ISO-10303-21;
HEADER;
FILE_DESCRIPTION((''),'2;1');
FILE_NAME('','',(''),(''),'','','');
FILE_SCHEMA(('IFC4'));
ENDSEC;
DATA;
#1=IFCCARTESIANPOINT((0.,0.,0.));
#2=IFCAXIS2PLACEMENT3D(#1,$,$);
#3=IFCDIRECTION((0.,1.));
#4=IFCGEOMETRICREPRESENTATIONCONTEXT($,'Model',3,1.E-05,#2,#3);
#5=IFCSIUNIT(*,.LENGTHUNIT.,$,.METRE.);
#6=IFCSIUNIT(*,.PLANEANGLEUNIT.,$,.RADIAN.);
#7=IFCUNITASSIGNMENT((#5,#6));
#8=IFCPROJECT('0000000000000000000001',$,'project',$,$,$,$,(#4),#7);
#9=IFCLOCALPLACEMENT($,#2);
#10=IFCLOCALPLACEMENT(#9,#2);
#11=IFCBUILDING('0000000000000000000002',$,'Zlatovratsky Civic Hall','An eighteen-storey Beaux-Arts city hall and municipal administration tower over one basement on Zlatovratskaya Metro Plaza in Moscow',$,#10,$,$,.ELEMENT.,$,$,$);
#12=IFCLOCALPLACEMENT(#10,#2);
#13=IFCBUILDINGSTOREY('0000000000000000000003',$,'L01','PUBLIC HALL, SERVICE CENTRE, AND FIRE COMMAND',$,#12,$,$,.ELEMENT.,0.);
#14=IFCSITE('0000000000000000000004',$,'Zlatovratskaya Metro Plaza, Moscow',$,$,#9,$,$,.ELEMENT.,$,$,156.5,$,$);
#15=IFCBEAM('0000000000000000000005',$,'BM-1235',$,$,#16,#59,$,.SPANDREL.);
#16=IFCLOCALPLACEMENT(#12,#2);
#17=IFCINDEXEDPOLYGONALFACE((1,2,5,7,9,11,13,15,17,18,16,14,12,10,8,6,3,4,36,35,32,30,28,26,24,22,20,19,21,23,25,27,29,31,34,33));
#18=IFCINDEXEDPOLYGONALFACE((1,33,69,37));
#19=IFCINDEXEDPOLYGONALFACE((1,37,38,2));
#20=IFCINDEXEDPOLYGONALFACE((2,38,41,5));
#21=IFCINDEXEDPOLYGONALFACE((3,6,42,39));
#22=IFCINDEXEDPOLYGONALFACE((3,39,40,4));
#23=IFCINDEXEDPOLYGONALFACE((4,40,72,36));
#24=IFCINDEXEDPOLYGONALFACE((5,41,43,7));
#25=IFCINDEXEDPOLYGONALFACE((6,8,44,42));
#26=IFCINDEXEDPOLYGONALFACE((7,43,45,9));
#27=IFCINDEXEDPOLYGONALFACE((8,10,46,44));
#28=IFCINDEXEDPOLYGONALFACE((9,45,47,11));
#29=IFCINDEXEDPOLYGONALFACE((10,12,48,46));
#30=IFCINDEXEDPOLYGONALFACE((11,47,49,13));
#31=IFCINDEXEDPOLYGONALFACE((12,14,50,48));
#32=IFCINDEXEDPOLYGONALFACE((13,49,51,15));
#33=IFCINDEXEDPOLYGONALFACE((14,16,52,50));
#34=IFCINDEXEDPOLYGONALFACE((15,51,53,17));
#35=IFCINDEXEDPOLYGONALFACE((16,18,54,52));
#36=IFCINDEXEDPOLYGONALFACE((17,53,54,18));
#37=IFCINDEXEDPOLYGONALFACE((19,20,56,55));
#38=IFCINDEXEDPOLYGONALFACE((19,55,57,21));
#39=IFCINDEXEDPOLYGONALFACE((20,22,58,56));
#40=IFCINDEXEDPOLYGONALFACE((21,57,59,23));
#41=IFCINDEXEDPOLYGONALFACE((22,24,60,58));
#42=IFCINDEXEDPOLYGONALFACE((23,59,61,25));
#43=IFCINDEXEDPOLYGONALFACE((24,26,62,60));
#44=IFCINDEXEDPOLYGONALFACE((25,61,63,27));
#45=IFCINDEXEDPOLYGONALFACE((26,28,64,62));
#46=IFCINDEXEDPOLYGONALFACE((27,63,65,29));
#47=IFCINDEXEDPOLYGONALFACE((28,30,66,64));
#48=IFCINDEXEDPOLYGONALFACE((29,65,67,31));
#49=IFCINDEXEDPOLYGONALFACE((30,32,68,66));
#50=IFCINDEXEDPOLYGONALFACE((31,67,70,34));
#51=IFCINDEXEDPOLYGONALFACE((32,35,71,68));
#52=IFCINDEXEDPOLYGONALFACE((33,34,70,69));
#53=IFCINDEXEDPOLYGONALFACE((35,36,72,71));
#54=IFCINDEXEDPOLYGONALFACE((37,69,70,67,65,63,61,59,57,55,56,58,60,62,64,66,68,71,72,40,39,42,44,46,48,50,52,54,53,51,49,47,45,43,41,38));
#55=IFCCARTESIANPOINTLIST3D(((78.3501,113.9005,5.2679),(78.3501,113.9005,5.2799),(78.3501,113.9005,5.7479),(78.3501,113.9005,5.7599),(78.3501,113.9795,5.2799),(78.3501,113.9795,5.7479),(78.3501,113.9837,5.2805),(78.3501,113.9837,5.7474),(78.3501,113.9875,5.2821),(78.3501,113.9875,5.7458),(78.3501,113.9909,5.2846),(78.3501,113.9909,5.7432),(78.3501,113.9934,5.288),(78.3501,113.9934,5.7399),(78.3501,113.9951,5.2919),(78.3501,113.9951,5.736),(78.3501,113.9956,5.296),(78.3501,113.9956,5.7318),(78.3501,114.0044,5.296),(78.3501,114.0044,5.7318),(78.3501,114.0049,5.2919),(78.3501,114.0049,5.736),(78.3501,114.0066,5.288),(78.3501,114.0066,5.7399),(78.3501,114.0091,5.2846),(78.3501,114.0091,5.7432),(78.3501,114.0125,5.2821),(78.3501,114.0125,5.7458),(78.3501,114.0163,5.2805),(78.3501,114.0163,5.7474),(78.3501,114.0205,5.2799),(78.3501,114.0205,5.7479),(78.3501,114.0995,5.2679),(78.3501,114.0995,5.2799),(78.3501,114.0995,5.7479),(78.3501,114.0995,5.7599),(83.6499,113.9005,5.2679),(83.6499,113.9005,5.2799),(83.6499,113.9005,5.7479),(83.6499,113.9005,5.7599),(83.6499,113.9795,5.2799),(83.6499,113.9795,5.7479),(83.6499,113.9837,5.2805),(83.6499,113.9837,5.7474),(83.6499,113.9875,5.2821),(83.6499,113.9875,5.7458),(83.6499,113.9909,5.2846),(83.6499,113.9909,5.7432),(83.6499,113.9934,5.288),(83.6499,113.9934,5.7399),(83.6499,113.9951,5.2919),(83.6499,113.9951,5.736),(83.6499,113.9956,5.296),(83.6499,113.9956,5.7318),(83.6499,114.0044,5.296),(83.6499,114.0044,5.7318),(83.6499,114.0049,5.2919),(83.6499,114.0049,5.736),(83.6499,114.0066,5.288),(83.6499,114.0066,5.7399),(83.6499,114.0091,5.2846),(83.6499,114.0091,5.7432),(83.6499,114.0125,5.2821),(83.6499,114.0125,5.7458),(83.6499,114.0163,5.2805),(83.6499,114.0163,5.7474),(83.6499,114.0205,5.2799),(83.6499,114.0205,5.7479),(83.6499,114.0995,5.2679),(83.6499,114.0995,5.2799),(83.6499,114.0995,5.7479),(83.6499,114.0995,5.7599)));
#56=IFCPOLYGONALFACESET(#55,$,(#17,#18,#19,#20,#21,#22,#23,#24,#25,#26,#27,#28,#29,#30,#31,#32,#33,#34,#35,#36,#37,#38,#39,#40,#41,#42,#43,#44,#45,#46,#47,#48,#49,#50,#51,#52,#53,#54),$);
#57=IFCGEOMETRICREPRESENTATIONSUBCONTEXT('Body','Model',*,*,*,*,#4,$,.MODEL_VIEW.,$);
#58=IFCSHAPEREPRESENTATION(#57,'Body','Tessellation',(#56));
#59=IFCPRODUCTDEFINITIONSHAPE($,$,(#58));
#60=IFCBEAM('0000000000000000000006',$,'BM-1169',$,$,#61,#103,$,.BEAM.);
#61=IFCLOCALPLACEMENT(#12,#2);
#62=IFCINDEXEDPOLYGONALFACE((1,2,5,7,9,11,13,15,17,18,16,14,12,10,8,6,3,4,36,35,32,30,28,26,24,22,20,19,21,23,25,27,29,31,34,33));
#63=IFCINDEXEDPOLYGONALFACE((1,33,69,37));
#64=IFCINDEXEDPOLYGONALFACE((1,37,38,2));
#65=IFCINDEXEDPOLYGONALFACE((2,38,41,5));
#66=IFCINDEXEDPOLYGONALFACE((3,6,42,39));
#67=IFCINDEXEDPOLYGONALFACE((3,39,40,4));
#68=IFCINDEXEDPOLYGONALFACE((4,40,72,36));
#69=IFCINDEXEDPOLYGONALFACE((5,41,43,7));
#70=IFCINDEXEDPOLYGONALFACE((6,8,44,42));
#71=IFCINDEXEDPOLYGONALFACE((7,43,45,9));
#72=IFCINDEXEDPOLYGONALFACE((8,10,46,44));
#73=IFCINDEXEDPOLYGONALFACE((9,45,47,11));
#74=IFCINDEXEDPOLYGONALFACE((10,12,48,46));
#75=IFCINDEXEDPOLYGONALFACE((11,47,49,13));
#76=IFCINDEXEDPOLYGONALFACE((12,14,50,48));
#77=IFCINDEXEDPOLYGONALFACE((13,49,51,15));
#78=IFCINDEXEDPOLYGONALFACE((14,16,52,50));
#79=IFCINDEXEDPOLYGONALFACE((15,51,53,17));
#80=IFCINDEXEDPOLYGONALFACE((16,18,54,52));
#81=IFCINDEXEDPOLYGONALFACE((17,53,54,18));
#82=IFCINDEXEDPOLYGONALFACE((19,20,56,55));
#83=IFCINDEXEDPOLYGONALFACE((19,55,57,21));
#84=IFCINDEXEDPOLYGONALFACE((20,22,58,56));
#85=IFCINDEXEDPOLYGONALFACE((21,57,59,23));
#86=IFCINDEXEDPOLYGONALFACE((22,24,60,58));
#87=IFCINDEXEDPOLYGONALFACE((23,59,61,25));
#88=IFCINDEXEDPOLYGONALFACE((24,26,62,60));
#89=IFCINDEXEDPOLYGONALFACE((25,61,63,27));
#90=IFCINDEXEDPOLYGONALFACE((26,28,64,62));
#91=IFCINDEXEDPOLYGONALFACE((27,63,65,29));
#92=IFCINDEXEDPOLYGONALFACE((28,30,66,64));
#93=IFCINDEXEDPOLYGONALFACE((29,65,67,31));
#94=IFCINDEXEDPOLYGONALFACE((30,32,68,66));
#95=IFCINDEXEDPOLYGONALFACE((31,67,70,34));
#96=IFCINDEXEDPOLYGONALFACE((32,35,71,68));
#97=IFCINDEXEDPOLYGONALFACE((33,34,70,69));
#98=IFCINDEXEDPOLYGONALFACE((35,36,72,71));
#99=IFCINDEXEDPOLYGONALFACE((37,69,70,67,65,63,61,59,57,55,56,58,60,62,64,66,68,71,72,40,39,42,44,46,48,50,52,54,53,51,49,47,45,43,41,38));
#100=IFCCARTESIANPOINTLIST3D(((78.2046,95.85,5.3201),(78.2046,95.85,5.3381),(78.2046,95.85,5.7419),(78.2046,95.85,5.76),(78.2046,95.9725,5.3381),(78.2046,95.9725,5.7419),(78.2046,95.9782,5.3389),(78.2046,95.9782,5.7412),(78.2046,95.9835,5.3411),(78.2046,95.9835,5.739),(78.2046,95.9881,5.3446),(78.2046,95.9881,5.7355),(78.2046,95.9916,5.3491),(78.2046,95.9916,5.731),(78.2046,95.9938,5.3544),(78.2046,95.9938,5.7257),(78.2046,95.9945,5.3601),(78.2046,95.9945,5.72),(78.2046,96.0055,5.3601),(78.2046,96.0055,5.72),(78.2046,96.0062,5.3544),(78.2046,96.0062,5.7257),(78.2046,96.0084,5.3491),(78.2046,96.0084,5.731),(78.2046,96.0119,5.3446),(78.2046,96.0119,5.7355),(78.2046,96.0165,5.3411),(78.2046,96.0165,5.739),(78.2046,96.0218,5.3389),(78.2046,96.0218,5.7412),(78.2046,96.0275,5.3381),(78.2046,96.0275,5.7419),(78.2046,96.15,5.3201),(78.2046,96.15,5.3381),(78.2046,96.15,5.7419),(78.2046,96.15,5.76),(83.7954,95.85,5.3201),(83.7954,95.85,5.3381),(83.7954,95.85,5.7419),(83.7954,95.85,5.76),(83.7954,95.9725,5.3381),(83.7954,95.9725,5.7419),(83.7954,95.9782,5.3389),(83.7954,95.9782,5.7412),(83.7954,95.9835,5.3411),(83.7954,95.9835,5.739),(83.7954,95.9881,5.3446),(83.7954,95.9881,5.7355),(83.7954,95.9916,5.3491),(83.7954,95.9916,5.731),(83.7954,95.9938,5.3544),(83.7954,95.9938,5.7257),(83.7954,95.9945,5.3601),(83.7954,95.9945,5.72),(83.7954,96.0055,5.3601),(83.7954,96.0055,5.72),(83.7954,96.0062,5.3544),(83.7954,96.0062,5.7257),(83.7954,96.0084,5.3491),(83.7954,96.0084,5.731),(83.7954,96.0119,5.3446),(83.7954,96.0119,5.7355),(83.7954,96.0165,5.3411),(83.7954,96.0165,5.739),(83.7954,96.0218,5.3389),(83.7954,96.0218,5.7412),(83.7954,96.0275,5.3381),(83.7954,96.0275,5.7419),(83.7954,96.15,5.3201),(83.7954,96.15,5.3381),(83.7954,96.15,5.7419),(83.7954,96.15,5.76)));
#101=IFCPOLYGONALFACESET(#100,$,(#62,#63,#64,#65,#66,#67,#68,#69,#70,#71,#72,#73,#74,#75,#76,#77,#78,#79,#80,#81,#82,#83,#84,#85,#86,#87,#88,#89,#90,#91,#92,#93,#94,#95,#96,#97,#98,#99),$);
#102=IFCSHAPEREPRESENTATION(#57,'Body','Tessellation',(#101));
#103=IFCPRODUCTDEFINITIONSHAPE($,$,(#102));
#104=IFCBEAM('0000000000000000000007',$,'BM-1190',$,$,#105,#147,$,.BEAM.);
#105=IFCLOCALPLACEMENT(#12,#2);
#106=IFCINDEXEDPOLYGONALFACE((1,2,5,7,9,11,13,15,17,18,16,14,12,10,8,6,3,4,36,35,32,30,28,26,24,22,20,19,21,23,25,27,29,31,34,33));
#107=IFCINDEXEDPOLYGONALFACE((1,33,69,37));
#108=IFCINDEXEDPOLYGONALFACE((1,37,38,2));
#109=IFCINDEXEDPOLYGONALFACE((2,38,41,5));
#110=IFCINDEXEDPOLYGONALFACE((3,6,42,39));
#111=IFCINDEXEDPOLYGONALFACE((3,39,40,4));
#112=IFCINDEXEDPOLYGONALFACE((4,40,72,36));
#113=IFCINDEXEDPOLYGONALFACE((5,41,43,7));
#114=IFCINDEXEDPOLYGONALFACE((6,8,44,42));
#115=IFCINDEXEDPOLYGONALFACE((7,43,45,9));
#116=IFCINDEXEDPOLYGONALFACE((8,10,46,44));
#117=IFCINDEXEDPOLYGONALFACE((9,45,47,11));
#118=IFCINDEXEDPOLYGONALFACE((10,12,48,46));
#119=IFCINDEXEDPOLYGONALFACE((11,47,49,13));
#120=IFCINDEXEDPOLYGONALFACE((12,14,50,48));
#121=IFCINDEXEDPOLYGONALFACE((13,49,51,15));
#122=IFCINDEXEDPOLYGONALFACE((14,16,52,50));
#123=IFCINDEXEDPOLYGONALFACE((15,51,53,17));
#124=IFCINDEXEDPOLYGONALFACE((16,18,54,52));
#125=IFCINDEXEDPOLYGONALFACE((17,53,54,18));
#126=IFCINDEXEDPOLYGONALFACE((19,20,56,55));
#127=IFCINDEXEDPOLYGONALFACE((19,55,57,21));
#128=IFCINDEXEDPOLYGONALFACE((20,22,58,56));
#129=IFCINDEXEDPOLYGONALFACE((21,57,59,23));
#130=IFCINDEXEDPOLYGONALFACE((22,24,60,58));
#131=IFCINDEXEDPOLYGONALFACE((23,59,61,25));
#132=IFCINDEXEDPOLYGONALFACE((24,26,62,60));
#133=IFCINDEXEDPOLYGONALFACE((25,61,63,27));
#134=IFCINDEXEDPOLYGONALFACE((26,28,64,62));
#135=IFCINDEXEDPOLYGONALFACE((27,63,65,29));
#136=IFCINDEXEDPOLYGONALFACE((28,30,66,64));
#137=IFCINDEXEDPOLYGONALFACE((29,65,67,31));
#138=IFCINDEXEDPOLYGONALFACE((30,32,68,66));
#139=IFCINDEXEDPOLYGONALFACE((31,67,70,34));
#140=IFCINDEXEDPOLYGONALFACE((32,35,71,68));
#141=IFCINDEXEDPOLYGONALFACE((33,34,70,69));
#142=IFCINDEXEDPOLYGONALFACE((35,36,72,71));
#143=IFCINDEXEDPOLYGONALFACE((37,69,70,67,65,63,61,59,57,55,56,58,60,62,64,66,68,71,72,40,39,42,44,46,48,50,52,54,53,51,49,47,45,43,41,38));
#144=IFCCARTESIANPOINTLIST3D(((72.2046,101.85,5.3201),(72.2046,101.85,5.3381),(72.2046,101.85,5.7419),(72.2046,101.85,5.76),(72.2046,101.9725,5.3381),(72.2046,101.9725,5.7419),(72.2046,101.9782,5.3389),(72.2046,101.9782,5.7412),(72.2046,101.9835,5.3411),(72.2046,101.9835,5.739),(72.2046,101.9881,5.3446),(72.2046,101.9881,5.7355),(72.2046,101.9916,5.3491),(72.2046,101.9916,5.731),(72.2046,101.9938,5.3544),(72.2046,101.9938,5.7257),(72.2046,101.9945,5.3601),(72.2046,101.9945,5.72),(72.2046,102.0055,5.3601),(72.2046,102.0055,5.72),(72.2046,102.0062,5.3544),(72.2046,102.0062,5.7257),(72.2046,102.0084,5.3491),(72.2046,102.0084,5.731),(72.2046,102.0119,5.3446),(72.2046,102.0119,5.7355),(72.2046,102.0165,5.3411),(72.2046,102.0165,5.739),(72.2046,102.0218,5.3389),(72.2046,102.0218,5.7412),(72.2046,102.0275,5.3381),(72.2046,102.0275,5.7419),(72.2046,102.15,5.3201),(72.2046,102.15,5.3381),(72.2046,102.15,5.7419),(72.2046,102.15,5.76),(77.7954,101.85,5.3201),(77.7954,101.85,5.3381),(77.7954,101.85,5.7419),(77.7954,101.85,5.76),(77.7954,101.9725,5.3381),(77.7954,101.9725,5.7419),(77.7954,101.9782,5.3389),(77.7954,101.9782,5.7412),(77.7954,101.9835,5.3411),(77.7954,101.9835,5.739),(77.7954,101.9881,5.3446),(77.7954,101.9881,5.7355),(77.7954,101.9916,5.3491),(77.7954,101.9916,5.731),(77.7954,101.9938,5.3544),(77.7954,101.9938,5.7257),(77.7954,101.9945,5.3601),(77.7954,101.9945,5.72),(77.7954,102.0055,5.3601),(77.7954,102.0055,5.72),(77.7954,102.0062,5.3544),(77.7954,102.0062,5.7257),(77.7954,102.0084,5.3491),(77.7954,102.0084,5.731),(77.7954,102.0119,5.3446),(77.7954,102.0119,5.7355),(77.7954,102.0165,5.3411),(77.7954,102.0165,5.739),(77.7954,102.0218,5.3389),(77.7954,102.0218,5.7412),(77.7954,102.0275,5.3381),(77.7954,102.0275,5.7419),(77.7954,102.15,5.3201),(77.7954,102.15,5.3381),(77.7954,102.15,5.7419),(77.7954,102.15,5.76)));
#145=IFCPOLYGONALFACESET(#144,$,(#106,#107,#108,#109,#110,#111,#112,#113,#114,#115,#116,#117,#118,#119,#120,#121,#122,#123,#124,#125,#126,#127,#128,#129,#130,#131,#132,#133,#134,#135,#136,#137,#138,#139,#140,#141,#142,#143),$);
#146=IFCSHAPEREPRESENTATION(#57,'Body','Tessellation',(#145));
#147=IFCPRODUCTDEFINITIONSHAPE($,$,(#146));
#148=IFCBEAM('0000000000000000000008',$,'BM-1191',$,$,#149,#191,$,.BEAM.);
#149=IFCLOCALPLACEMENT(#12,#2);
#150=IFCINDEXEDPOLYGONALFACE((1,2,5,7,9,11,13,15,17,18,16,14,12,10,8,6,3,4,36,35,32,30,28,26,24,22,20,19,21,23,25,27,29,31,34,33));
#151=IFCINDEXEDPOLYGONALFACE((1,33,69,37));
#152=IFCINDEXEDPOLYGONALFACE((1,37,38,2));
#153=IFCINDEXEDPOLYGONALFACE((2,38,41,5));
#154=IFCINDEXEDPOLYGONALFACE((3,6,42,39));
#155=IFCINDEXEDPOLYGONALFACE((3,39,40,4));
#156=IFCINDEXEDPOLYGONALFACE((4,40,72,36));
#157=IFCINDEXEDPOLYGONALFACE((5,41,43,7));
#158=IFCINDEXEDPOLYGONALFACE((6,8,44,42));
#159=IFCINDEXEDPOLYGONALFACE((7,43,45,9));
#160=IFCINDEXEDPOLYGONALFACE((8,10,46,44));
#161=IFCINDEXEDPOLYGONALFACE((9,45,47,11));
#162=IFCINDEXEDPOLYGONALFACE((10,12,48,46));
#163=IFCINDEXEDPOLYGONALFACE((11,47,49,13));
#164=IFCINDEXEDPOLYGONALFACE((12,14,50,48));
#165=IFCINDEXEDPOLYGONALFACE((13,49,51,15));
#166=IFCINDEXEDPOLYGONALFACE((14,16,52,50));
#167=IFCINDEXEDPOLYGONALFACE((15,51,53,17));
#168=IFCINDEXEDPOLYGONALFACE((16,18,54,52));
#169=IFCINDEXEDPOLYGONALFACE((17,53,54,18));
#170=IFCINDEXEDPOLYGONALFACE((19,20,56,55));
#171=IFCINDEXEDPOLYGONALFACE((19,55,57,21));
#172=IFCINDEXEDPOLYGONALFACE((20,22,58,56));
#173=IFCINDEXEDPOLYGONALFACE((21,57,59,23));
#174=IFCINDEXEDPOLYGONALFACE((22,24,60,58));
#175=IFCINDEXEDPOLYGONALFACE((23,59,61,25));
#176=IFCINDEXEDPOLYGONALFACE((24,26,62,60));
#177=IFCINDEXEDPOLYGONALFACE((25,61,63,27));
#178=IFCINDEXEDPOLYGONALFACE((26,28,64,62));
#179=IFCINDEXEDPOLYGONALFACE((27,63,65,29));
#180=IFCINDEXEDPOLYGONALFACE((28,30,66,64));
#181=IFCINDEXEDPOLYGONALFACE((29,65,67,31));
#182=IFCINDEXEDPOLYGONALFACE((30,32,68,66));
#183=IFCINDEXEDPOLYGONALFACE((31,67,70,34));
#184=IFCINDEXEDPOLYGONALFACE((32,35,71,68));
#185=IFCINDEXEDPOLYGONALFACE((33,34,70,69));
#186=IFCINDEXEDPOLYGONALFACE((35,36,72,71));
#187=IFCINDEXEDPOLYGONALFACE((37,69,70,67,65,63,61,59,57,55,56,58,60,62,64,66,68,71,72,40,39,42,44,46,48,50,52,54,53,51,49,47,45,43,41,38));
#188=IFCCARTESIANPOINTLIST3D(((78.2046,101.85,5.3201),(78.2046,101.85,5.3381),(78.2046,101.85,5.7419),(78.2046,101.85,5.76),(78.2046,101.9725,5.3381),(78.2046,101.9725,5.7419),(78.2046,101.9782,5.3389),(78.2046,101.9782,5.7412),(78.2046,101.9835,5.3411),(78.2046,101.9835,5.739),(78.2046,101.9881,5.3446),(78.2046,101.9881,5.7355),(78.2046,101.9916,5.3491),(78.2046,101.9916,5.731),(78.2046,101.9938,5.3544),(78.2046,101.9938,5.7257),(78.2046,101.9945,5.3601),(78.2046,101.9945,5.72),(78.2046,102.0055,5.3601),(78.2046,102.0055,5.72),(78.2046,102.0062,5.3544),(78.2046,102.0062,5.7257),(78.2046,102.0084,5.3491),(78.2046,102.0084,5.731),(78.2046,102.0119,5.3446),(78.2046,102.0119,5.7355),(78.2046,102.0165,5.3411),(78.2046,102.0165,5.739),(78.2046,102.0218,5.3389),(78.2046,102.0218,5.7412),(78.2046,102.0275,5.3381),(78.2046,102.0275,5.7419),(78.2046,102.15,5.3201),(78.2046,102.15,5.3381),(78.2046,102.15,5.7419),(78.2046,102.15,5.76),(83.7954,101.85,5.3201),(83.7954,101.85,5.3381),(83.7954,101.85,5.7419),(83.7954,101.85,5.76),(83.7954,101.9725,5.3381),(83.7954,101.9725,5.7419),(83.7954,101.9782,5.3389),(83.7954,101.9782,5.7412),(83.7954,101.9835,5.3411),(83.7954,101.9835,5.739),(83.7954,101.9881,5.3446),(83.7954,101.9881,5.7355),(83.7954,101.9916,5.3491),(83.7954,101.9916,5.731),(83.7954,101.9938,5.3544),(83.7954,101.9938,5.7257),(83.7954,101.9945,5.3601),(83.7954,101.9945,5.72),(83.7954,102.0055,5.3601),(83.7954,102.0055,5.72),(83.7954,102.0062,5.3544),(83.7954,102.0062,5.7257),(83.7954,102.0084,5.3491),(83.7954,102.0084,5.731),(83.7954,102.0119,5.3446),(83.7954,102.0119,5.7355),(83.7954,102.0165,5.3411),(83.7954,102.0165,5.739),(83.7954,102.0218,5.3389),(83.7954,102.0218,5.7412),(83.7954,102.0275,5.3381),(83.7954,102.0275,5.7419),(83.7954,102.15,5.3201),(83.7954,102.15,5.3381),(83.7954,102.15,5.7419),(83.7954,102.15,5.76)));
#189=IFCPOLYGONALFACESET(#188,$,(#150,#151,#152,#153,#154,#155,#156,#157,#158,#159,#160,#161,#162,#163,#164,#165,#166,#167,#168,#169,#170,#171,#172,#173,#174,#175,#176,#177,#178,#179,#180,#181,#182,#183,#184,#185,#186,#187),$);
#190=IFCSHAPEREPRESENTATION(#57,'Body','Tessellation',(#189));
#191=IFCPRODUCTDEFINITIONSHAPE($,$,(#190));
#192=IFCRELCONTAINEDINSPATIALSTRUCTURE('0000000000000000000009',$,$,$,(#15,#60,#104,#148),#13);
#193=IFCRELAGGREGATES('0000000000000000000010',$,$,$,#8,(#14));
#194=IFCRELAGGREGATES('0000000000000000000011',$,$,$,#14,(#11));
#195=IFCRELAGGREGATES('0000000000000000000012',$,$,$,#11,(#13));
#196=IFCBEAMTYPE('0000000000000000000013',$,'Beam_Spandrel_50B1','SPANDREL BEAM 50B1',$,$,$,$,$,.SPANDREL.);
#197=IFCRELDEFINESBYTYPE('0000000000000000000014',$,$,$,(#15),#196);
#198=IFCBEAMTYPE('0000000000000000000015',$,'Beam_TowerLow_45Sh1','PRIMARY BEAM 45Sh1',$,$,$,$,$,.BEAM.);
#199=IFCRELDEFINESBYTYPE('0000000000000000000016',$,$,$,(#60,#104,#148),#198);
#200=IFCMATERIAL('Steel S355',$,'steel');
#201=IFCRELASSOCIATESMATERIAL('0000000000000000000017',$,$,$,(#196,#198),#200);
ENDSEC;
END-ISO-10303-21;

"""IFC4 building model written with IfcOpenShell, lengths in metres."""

from ifc_helpers import new_model, si_unit, direction, frame, origin, origin_2d, place, context, subcontext, project, spatial, i_section, extrude, material, material_profile, profile_set, type_object, element, save


model = new_model("IFC4")

# Units and contexts
model_context = context("Model", 3, precision=1e-05, world=origin(), true_north=direction((0.0, 1.0)))
body_context = subcontext(model_context, "Body", "Model", "MODEL_VIEW")
ifc_project = project(units=[si_unit("LENGTHUNIT", "METRE"), si_unit("PLANEANGLEUNIT", "RADIAN")], contexts=[model_context])

# Site, building, storey
site_placement = place(None, origin())
site = spatial("IfcSite", under=ifc_project, at=site_placement, Name="Zlatovratskaya Metro Plaza, Moscow", CompositionType="ELEMENT", RefElevation=156.5)
building_placement = place(site_placement, origin())
building = spatial("IfcBuilding", under=site, at=building_placement, Name="Zlatovratsky Civic Hall", Description="An eighteen-storey Beaux-Arts city hall and municipal administration tower over one basement on Zlatovratskaya Metro Plaza in Moscow", CompositionType="ELEMENT")
storey_placement = place(building_placement, origin())
storey = spatial("IfcBuildingStorey", under=building, at=storey_placement, Name="L01", Description="PUBLIC HALL, SERVICE CENTRE, AND FIRE COMMAND", CompositionType="ELEMENT", Elevation=0.0)

# Shared definitions
ifc_material_1 = material(Name="Steel S355", Category="steel")

# Beams
ifc_material_profile_1 = material_profile(ifc_material_1, i_section(OverallWidth=0.199, OverallDepth=0.4919, WebThickness=0.0088, FlangeThickness=0.012, FilletRadius=0.0161, at=origin_2d()), Name="50B1")
ifc_profile_set_1 = profile_set([ifc_material_profile_1], Name="Steel S355")
beam_type_1 = type_object("IfcBeamType", Name="Beam_Spandrel_50B1", Description="SPANDREL BEAM 50B1", PredefinedType="SPANDREL", material=ifc_profile_set_1)
for number, where, z_axis, x_axis, name in (
    (1, (78.3501, 114.0, 5.5139), (1.0, 0.0, 0.0), (0.0, 1.0, 0.0), "BM-1235"),
):
    element("IfcBeam", number, at=place(storey_placement, frame(where, z_axis=z_axis, x_axis=x_axis)), inside=storey, type_object=beam_type_1, Name=name, PredefinedType="SPANDREL", context=body_context, shape_type="SweptSolid", body=[
        extrude(i_section(OverallWidth=0.199, OverallDepth=0.4919, WebThickness=0.0088, FlangeThickness=0.012, FilletRadius=0.0161, at=origin_2d()), origin(), (0.0, 0.0, 1.0), 5.2998),
    ])
ifc_material_profile_2 = material_profile(ifc_material_1, i_section(OverallWidth=0.3, OverallDepth=0.4399, WebThickness=0.011, FlangeThickness=0.0181, FilletRadius=0.022, at=origin_2d()), Name="45Sh1")
ifc_profile_set_2 = profile_set([ifc_material_profile_2], Name="Steel S355")
beam_type_2 = type_object("IfcBeamType", Name="Beam_TowerLow_45Sh1", Description="PRIMARY BEAM 45Sh1", PredefinedType="BEAM", material=ifc_profile_set_2)
for number, where, z_axis, x_axis, name in (
    (2, (78.2046, 96.0, 5.54), (1.0, 0.0, 0.0), (0.0, 1.0, 0.0), "BM-1169"),
    (3, (72.2046, 102.0, 5.54), (1.0, 0.0, 0.0), (0.0, 1.0, 0.0), "BM-1190"),
    (4, (78.2046, 102.0, 5.54), (1.0, 0.0, 0.0), (0.0, 1.0, 0.0), "BM-1191"),
):
    element("IfcBeam", number, at=place(storey_placement, frame(where, z_axis=z_axis, x_axis=x_axis)), inside=storey, type_object=beam_type_2, Name=name, PredefinedType="BEAM", context=body_context, shape_type="SweptSolid", body=[
        extrude(i_section(OverallWidth=0.3, OverallDepth=0.4399, WebThickness=0.011, FlangeThickness=0.0181, FilletRadius=0.022, at=origin_2d()), origin(), (0.0, 0.0, 1.0), 5.5908),
    ])

save(model, "model.ifc")
